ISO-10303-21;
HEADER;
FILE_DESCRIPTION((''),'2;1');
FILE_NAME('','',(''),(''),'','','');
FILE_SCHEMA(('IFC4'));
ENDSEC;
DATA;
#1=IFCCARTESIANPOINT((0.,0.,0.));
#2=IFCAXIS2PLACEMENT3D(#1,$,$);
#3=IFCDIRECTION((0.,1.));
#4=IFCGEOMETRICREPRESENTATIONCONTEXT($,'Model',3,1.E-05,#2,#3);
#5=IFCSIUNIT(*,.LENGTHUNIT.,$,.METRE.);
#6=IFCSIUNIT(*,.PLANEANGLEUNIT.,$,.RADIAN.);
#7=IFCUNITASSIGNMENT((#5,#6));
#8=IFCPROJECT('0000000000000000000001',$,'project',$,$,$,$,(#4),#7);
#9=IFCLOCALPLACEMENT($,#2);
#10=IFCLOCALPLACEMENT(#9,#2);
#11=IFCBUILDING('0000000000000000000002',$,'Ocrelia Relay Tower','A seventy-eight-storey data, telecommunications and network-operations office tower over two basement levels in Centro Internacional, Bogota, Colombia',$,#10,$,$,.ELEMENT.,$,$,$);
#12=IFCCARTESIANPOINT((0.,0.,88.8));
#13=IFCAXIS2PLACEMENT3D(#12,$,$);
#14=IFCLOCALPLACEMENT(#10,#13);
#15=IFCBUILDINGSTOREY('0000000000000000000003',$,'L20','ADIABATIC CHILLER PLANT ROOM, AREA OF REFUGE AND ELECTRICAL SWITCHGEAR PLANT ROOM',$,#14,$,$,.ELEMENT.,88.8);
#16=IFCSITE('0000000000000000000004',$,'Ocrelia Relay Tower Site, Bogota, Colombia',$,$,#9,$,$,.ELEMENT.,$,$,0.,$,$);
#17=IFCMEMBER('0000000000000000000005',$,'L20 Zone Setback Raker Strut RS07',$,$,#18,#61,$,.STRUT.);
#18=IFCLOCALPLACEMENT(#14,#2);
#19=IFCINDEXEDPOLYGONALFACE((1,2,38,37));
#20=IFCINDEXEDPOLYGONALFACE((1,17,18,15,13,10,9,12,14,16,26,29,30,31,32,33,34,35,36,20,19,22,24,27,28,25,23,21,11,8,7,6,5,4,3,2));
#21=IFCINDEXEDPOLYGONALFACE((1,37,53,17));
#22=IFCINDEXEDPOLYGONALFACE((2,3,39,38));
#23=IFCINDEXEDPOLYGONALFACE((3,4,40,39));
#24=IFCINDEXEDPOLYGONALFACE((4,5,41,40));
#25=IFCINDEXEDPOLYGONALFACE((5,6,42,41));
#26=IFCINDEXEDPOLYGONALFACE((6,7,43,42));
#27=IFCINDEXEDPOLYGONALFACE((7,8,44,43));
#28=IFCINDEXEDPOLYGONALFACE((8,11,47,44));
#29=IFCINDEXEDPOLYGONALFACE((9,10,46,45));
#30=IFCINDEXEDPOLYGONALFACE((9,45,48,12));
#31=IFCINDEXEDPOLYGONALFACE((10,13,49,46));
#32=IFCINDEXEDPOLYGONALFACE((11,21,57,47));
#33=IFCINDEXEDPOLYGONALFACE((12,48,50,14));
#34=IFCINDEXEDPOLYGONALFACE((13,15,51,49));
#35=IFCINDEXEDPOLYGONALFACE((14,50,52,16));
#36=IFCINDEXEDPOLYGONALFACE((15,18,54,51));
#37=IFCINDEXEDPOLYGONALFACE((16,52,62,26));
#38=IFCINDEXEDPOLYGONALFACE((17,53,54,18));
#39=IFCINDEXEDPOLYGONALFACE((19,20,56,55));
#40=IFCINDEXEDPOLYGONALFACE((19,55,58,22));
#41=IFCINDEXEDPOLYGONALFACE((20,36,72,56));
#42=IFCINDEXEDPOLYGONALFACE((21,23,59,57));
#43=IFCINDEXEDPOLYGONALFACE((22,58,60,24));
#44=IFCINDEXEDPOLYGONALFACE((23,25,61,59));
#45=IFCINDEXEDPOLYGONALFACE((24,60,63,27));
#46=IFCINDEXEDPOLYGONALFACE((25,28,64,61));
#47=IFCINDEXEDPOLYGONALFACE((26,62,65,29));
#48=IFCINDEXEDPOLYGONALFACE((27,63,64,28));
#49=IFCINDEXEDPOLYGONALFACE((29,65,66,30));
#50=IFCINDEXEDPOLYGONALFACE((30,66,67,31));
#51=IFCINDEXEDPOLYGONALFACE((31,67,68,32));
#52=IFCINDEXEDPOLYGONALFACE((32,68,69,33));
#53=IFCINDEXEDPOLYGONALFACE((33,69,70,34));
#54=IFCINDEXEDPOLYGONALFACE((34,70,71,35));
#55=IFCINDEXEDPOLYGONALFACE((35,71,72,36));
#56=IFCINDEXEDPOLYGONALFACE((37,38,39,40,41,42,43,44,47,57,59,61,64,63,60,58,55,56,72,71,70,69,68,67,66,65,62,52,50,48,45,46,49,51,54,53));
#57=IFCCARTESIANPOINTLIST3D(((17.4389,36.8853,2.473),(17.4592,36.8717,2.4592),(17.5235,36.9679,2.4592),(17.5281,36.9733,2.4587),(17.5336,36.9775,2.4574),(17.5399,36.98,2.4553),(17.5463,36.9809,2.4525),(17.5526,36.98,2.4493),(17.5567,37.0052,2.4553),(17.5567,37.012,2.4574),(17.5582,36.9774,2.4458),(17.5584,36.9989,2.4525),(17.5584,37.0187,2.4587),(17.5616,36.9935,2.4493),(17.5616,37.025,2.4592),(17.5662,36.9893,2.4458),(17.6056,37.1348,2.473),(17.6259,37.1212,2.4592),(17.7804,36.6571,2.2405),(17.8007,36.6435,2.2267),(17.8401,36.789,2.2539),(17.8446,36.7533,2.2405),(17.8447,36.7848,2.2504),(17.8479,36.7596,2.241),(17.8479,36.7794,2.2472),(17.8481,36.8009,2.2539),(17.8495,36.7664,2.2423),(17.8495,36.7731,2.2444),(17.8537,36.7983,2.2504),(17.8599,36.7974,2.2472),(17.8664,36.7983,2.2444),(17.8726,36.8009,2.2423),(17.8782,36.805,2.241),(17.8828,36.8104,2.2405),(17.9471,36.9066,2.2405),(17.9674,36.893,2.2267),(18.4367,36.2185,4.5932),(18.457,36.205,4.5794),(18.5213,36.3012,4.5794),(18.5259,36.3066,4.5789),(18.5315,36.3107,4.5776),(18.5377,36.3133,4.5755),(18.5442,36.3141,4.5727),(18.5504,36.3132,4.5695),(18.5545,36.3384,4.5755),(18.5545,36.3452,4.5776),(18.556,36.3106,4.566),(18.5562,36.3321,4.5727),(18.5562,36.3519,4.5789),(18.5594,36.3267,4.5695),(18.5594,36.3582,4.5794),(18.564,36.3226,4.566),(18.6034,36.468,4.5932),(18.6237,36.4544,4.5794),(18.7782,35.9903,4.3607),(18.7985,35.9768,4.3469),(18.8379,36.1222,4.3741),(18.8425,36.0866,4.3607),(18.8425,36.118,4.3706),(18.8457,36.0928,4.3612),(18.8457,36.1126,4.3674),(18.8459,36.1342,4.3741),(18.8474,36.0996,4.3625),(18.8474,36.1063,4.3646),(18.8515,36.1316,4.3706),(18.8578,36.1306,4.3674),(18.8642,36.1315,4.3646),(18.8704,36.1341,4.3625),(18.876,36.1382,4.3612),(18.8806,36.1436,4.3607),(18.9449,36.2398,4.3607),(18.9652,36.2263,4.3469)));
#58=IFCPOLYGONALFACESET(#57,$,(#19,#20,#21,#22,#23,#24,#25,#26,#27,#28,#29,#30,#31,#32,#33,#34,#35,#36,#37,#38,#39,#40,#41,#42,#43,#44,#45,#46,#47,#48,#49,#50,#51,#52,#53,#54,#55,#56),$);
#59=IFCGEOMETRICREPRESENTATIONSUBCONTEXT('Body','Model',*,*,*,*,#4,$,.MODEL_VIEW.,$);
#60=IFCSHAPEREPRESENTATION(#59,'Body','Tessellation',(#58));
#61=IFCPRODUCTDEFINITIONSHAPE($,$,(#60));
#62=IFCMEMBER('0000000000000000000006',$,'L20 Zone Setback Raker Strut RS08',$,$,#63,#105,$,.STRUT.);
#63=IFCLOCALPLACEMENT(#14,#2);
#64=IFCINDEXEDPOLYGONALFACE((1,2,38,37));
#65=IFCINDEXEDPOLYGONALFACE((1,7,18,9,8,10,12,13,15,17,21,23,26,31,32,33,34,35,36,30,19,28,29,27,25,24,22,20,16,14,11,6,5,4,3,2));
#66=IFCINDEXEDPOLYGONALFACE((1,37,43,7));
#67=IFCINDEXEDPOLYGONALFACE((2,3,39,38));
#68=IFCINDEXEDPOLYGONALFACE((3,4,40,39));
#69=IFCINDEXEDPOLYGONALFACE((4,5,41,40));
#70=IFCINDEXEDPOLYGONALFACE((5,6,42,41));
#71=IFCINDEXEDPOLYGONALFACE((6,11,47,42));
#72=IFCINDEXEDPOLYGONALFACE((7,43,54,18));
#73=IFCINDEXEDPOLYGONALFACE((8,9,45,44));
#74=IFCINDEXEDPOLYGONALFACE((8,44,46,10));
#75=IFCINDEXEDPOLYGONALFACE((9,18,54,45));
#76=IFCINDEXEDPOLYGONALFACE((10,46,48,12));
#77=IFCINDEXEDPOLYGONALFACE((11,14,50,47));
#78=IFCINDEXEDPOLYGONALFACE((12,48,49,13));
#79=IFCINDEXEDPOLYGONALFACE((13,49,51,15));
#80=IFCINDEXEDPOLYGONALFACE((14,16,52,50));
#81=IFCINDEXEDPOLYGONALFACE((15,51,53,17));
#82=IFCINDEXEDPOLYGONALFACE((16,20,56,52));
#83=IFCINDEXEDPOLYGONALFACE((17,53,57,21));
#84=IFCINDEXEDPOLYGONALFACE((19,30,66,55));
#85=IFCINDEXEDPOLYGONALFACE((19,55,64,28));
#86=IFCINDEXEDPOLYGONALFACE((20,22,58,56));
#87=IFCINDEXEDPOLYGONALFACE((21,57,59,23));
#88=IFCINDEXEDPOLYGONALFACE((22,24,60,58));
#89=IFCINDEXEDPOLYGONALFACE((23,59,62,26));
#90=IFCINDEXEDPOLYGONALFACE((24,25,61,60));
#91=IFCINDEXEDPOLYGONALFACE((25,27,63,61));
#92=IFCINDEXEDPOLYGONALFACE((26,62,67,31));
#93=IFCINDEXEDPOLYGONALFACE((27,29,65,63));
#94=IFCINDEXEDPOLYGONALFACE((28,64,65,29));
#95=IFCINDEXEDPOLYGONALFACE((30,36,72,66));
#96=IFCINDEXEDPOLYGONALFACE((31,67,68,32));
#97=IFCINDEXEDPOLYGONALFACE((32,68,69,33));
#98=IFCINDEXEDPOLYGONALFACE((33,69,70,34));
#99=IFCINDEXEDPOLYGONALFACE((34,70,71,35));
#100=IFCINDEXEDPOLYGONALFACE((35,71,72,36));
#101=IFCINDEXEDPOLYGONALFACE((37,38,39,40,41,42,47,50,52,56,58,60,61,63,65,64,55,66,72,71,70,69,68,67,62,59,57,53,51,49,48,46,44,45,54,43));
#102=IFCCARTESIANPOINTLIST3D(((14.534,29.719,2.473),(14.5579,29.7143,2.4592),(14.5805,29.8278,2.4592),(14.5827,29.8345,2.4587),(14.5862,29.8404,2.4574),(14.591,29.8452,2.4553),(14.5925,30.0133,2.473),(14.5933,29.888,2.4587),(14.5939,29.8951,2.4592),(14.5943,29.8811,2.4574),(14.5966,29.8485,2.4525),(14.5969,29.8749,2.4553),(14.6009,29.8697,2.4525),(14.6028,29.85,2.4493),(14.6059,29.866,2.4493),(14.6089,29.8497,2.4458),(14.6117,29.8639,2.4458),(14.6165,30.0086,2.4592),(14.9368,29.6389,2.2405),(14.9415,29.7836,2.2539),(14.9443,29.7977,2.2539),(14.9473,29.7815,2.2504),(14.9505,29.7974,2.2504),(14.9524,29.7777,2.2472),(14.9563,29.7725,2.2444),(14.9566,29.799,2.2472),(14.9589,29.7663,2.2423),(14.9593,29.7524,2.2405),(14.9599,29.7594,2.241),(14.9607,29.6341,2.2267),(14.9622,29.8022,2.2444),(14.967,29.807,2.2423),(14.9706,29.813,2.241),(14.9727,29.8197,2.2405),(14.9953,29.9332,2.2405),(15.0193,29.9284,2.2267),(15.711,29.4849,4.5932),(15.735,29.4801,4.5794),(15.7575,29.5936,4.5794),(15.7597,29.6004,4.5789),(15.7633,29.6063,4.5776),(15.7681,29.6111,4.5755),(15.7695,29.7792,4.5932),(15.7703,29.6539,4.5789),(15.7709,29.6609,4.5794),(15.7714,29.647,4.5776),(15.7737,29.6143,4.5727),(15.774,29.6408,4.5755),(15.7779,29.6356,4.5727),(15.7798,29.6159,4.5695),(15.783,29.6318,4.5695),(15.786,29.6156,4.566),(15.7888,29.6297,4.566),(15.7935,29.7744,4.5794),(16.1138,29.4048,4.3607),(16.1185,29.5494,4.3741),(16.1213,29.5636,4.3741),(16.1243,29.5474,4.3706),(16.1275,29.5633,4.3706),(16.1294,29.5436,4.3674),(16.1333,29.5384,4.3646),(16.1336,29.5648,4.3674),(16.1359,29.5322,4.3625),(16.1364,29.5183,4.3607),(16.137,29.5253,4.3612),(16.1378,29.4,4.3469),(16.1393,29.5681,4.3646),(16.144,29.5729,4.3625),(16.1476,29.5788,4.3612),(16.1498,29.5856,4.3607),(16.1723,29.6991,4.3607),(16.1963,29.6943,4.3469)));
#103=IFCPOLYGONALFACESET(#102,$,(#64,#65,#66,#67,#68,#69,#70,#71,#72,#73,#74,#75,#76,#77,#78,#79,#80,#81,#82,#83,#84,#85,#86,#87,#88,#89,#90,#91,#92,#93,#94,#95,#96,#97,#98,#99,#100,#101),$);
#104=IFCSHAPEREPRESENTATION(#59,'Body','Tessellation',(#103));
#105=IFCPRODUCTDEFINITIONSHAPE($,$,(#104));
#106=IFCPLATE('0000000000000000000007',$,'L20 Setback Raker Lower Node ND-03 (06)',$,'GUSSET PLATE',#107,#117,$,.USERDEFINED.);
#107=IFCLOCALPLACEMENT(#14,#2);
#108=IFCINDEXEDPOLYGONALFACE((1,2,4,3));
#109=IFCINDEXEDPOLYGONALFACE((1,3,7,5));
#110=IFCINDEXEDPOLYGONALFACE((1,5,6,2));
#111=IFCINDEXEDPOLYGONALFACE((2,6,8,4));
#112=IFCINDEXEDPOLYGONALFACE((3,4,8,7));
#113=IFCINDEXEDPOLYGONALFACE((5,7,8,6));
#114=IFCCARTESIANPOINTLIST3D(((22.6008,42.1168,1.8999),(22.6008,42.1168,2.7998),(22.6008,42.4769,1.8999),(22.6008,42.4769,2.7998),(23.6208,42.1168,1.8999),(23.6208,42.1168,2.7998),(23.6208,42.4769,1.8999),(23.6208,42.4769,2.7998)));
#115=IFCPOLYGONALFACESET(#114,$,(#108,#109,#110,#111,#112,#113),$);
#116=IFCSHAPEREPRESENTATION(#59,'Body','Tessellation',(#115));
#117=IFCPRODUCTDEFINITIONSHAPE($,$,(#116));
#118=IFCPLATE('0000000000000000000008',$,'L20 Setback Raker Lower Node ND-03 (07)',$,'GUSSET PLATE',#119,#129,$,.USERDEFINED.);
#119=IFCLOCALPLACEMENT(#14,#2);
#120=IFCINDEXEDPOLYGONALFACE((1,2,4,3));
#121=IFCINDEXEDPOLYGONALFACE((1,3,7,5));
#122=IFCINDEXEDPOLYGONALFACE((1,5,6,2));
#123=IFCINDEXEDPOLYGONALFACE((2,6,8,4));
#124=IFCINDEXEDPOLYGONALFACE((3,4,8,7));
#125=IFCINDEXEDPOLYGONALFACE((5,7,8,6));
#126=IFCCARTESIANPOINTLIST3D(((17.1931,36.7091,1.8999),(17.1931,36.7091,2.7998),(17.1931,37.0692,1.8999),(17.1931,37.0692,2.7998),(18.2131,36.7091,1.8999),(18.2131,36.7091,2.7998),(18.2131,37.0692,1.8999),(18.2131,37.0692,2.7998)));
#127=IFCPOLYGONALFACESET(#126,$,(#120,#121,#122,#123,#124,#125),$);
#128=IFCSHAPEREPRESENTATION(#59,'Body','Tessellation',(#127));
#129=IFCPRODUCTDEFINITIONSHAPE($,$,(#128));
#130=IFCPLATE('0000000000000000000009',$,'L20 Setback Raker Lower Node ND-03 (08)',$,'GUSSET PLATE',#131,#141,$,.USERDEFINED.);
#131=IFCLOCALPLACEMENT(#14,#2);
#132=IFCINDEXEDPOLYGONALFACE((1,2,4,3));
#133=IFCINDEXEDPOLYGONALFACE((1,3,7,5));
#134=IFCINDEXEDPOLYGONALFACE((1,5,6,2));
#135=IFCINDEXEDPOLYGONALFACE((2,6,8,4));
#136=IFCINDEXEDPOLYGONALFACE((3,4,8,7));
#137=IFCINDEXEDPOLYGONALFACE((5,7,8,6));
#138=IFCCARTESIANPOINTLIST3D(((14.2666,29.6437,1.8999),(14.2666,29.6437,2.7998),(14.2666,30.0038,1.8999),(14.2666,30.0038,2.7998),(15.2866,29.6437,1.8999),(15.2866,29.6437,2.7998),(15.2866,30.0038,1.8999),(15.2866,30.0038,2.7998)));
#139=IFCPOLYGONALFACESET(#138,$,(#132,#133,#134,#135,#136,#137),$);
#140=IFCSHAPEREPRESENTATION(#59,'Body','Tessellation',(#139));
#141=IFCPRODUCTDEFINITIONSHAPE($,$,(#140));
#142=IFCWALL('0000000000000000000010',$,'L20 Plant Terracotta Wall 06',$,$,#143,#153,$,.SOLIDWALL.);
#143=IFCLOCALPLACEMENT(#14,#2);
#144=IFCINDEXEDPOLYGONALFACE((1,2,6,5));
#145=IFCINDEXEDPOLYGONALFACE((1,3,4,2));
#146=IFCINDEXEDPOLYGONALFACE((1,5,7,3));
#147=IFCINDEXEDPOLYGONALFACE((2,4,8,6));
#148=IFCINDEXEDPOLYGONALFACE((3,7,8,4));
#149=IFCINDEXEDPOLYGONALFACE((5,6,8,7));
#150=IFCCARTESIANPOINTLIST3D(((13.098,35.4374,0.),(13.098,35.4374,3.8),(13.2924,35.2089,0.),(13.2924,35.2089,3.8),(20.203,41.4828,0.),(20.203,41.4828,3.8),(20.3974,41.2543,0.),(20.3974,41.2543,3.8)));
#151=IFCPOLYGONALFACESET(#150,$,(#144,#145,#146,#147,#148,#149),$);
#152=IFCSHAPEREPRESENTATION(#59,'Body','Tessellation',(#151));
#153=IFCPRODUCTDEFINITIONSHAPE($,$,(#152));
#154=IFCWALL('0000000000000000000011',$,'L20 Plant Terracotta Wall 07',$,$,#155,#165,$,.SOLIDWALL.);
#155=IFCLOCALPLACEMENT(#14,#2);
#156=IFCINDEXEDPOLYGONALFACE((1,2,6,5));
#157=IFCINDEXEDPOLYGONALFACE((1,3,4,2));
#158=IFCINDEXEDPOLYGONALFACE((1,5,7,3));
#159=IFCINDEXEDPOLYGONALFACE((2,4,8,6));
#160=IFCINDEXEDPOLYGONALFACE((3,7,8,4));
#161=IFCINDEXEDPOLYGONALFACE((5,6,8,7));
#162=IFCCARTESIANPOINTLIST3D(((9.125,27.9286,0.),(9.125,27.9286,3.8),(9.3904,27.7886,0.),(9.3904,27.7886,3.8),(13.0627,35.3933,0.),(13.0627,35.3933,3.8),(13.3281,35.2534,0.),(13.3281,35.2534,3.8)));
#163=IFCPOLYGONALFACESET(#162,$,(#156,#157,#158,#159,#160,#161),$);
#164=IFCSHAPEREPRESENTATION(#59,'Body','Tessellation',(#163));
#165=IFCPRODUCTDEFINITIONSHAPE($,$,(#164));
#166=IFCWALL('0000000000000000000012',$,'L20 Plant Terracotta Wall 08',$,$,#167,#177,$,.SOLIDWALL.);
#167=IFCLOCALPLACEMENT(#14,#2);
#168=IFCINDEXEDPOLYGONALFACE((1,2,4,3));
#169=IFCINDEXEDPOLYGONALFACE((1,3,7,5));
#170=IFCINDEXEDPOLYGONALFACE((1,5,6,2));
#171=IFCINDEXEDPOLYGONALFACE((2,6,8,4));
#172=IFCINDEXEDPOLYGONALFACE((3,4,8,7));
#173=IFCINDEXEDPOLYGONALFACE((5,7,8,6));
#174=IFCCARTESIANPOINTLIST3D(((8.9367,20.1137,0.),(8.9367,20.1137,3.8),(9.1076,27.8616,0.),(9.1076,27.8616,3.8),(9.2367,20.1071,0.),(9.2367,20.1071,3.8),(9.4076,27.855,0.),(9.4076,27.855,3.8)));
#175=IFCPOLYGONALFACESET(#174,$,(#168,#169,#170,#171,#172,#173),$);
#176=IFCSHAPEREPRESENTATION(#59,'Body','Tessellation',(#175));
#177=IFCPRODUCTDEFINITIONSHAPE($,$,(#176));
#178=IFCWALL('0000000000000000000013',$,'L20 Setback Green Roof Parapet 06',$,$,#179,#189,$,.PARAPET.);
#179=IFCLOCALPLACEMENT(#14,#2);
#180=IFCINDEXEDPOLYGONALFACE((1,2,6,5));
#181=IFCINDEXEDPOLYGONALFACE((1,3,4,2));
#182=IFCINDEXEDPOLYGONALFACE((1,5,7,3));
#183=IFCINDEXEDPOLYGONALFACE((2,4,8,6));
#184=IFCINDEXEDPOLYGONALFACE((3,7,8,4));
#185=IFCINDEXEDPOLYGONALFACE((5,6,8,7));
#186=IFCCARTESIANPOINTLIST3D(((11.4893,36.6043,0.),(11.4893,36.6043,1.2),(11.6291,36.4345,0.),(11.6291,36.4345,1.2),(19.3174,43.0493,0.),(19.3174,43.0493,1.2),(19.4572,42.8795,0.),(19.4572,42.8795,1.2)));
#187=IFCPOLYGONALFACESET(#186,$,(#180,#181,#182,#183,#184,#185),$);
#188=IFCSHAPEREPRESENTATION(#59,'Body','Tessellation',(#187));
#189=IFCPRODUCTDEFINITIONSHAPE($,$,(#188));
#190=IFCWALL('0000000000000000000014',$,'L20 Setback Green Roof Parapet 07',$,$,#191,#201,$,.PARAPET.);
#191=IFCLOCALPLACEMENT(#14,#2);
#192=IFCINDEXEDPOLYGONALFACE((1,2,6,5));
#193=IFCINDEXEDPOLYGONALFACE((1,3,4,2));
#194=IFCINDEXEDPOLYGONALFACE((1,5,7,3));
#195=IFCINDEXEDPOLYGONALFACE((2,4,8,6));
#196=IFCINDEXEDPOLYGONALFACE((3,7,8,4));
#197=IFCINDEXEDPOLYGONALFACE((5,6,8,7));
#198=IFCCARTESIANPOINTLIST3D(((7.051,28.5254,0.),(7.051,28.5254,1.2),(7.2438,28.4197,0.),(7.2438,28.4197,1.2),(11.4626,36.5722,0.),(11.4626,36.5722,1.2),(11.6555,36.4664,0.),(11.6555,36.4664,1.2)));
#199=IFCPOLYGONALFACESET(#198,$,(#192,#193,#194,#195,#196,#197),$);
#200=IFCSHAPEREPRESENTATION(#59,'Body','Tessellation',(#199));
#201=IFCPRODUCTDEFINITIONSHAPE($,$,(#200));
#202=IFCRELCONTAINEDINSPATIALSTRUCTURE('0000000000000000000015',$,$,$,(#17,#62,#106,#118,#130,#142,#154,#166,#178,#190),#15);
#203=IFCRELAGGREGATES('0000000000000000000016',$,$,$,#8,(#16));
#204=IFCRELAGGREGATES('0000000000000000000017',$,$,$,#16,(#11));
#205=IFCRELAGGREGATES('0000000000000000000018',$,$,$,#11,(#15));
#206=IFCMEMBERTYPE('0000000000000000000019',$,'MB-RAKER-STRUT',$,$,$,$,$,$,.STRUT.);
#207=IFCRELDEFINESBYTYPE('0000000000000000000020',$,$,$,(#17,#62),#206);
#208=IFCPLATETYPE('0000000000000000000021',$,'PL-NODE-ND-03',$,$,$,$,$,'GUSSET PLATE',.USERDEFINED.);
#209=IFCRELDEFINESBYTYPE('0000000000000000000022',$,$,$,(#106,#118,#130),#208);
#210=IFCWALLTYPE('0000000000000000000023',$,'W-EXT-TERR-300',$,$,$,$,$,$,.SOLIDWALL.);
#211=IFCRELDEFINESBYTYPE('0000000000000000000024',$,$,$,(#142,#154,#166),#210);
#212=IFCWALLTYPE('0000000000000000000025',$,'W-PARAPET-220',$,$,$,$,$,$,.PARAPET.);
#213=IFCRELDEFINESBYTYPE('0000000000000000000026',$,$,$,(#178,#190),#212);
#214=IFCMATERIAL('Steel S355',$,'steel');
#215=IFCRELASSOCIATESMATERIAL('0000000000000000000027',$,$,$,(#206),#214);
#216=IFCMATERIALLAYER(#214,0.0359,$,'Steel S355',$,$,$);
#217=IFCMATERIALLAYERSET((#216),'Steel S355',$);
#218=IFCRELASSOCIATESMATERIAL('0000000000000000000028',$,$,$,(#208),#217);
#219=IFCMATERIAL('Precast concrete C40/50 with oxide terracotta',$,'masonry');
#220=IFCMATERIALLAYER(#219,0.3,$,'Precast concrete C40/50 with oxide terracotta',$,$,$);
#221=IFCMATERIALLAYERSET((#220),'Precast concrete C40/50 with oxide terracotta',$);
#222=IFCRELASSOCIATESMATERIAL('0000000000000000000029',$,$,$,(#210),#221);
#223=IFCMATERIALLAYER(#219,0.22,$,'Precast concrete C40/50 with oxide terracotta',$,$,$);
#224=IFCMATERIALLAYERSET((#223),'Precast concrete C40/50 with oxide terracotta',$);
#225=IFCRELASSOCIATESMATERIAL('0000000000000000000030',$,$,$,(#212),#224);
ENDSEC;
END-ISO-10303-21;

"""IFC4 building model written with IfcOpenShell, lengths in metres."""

from ifc_helpers import new_model, si_unit, direction, frame, frame_2d, origin, origin_2d, place, context, subcontext, project, spatial, rectangle, i_section, extrude, material, layer, layer_set, material_profile, profile_set, type_object, element, save


model = new_model("IFC4")

# Units and contexts
model_context = context("Model", 3, precision=1e-05, world=origin(), true_north=direction((0.0, 1.0)))
body_context = subcontext(model_context, "Body", "Model", "MODEL_VIEW")
ifc_project = project(units=[si_unit("LENGTHUNIT", "METRE"), si_unit("PLANEANGLEUNIT", "RADIAN")], contexts=[model_context])

# Site, building, storey
site_placement = place(None, origin())
site = spatial("IfcSite", under=ifc_project, at=site_placement, Name="Ocrelia Relay Tower Site, Bogota, Colombia", CompositionType="ELEMENT", RefElevation=0.0)
building_placement = place(site_placement, origin())
building = spatial("IfcBuilding", under=site, at=building_placement, Name="Ocrelia Relay Tower", Description="A seventy-eight-storey data, telecommunications and network-operations office tower over two basement levels in Centro Internacional, Bogota, Colombia", CompositionType="ELEMENT")
storey_placement = place(building_placement, frame((0.0, 0.0, 88.8)))
storey = spatial("IfcBuildingStorey", under=building, at=storey_placement, Name="L20", Description="ADIABATIC CHILLER PLANT ROOM, AREA OF REFUGE AND ELECTRICAL SWITCHGEAR PLANT ROOM", CompositionType="ELEMENT", Elevation=88.8)

# Shared definitions
ifc_material_1 = material(Name="Steel S355", Category="steel")

# Members
ifc_material_profile_1 = material_profile(ifc_material_1, i_section(OverallWidth=0.3, OverallDepth=0.5, WebThickness=0.0144, FlangeThickness=0.0281, FilletRadius=0.0271, at=origin_2d()), Name="HEB 500")
ifc_profile_set_1 = profile_set([ifc_material_profile_1], Name="Steel S355")
member_type_1 = type_object("IfcMemberType", Name="MB-RAKER-STRUT", PredefinedType="STRUT", material=ifc_profile_set_1)
for number, where, z_axis, x_axis, name in (
    (1, (17.7031, 36.8892, 2.3499), (0.409574, -0.273684, 0.870257), (0.555592, 0.831455, 0.0), "L20 Zone Setback Raker Strut RS07"),
    (2, (14.7766, 29.8237, 2.3499), (0.483131, -0.096105, 0.870257), (0.195099, 0.980784, 0.0), "L20 Zone Setback Raker Strut RS08"),
):
    element("IfcMember", number, at=place(storey_placement, frame(where, z_axis=z_axis, x_axis=x_axis)), inside=storey, type_object=member_type_1, Name=name, PredefinedType="STRUT", context=body_context, shape_type="SweptSolid", body=[
        extrude(i_section(OverallWidth=0.3, OverallDepth=0.5, WebThickness=0.0144, FlangeThickness=0.0281, FilletRadius=0.0271, at=origin_2d()), origin(), (0.0, 0.0, 1.0), 2.4363),
    ])

# Plates
ifc_layer_1 = layer(ifc_material_1, 0.0359, Name="Steel S355")
ifc_layer_set_1 = layer_set([ifc_layer_1], Name="Steel S355")
plate_type = type_object("IfcPlateType", Name="PL-NODE-ND-03", ElementType="GUSSET PLATE", PredefinedType="USERDEFINED", material=ifc_layer_set_1)
for number, where, z_axis, x_axis, name in (
    (3, (23.1108, 42.2969, 1.8999), (0.0, 0.0, 1.0), (1.0, 0.0, 0.0), "L20 Setback Raker Lower Node ND-03 (06)"),
    (4, (17.7031, 36.8892, 1.8999), (0.0, 0.0, 1.0), (1.0, 0.0, 0.0), "L20 Setback Raker Lower Node ND-03 (07)"),
    (5, (14.7766, 29.8237, 1.8999), (0.0, 0.0, 1.0), (1.0, 0.0, 0.0), "L20 Setback Raker Lower Node ND-03 (08)"),
):
    element("IfcPlate", number, at=place(storey_placement, frame(where, z_axis=z_axis, x_axis=x_axis)), inside=storey, type_object=plate_type, Name=name, ObjectType="GUSSET PLATE", PredefinedType="USERDEFINED", context=body_context, shape_type="SweptSolid", body=[
        extrude(rectangle(XDim=1.02, YDim=0.3601, at=origin_2d()), origin(), (0.0, 0.0, 1.0), 0.8999),
    ])

# Walls
ifc_material_2 = material(Name="Precast concrete C40/50 with oxide terracotta", Category="masonry")
ifc_layer_2 = layer(ifc_material_2, 0.3, Name="Precast concrete C40/50 with oxide terracotta")
ifc_layer_set_2 = layer_set([ifc_layer_2], Name="Precast concrete C40/50 with oxide terracotta")
wall_type_1 = type_object("IfcWallType", Name="W-EXT-TERR-300", PredefinedType="SOLIDWALL", material=ifc_layer_set_2)
wall_1_placement = place(storey_placement, frame((20.3003, 41.3687, 0.0), z_axis=(0.0, 0.0, 1.0), x_axis=(-0.761612, -0.648033, 0.0)))
element("IfcWall", 6, at=wall_1_placement, inside=storey, type_object=wall_type_1, Name="L20 Plant Terracotta Wall 06", PredefinedType="SOLIDWALL", context=body_context, shape_type="SweptSolid", body=[
    extrude(rectangle(XDim=9.3289, YDim=0.3, at=frame_2d((4.6646, 0.0))), origin(), (0.0, 0.0, 1.0), 3.8),
])
wall_2_placement = place(storey_placement, frame((13.1953, 35.3232, 0.0), z_axis=(0.0, 0.0, 1.0), x_axis=(-0.46657, -0.884484, 0.0)))
element("IfcWall", 7, at=wall_2_placement, inside=storey, type_object=wall_type_1, Name="L20 Plant Terracotta Wall 07", PredefinedType="SOLIDWALL", context=body_context, shape_type="SweptSolid", body=[
    extrude(rectangle(XDim=8.4397, YDim=0.3, at=frame_2d((4.2197, 0.0))), origin(), (0.0, 0.0, 1.0), 3.8),
])
wall_3_placement = place(storey_placement, frame((9.2576, 27.8584, 0.0), z_axis=(0.0, 0.0, 1.0), x_axis=(-0.022052, -0.999757, 0.0)))
element("IfcWall", 8, at=wall_3_placement, inside=storey, type_object=wall_type_1, Name="L20 Plant Terracotta Wall 08", PredefinedType="SOLIDWALL", context=body_context, shape_type="SweptSolid", body=[
    extrude(rectangle(XDim=7.7498, YDim=0.3, at=frame_2d((3.875, 0.0))), origin(), (0.0, 0.0, 1.0), 3.8),
])
ifc_layer_3 = layer(ifc_material_2, 0.22, Name="Precast concrete C40/50 with oxide terracotta")
ifc_layer_set_3 = layer_set([ifc_layer_3], Name="Precast concrete C40/50 with oxide terracotta")
wall_type_2 = type_object("IfcWallType", Name="W-PARAPET-220", PredefinedType="PARAPET", material=ifc_layer_set_3)
wall_4_placement = place(storey_placement, frame((19.3872, 42.9644, 0.0), z_axis=(0.0, 0.0, 1.0), x_axis=(-0.772009, -0.635612, 0.0)))
element("IfcWall", 9, at=wall_4_placement, inside=storey, type_object=wall_type_2, Name="L20 Setback Green Roof Parapet 06", PredefinedType="PARAPET", context=body_context, shape_type="SweptSolid", body=[
    extrude(rectangle(XDim=10.1399, YDim=0.22, at=frame_2d((5.0698, 0.0))), origin(), (0.0, 0.0, 1.0), 1.2),
])
wall_5_placement = place(storey_placement, frame((11.5591, 36.5193, 0.0), z_axis=(0.0, 0.0, 1.0), x_axis=(-0.480745, -0.876861, 0.0)))
element("IfcWall", 10, at=wall_5_placement, inside=storey, type_object=wall_type_2, Name="L20 Setback Green Roof Parapet 07", PredefinedType="PARAPET", context=body_context, shape_type="SweptSolid", body=[
    extrude(rectangle(XDim=9.1768, YDim=0.22, at=frame_2d((4.5884, 0.0))), origin(), (0.0, 0.0, 1.0), 1.2),
])

save(model, "model.ifc")
